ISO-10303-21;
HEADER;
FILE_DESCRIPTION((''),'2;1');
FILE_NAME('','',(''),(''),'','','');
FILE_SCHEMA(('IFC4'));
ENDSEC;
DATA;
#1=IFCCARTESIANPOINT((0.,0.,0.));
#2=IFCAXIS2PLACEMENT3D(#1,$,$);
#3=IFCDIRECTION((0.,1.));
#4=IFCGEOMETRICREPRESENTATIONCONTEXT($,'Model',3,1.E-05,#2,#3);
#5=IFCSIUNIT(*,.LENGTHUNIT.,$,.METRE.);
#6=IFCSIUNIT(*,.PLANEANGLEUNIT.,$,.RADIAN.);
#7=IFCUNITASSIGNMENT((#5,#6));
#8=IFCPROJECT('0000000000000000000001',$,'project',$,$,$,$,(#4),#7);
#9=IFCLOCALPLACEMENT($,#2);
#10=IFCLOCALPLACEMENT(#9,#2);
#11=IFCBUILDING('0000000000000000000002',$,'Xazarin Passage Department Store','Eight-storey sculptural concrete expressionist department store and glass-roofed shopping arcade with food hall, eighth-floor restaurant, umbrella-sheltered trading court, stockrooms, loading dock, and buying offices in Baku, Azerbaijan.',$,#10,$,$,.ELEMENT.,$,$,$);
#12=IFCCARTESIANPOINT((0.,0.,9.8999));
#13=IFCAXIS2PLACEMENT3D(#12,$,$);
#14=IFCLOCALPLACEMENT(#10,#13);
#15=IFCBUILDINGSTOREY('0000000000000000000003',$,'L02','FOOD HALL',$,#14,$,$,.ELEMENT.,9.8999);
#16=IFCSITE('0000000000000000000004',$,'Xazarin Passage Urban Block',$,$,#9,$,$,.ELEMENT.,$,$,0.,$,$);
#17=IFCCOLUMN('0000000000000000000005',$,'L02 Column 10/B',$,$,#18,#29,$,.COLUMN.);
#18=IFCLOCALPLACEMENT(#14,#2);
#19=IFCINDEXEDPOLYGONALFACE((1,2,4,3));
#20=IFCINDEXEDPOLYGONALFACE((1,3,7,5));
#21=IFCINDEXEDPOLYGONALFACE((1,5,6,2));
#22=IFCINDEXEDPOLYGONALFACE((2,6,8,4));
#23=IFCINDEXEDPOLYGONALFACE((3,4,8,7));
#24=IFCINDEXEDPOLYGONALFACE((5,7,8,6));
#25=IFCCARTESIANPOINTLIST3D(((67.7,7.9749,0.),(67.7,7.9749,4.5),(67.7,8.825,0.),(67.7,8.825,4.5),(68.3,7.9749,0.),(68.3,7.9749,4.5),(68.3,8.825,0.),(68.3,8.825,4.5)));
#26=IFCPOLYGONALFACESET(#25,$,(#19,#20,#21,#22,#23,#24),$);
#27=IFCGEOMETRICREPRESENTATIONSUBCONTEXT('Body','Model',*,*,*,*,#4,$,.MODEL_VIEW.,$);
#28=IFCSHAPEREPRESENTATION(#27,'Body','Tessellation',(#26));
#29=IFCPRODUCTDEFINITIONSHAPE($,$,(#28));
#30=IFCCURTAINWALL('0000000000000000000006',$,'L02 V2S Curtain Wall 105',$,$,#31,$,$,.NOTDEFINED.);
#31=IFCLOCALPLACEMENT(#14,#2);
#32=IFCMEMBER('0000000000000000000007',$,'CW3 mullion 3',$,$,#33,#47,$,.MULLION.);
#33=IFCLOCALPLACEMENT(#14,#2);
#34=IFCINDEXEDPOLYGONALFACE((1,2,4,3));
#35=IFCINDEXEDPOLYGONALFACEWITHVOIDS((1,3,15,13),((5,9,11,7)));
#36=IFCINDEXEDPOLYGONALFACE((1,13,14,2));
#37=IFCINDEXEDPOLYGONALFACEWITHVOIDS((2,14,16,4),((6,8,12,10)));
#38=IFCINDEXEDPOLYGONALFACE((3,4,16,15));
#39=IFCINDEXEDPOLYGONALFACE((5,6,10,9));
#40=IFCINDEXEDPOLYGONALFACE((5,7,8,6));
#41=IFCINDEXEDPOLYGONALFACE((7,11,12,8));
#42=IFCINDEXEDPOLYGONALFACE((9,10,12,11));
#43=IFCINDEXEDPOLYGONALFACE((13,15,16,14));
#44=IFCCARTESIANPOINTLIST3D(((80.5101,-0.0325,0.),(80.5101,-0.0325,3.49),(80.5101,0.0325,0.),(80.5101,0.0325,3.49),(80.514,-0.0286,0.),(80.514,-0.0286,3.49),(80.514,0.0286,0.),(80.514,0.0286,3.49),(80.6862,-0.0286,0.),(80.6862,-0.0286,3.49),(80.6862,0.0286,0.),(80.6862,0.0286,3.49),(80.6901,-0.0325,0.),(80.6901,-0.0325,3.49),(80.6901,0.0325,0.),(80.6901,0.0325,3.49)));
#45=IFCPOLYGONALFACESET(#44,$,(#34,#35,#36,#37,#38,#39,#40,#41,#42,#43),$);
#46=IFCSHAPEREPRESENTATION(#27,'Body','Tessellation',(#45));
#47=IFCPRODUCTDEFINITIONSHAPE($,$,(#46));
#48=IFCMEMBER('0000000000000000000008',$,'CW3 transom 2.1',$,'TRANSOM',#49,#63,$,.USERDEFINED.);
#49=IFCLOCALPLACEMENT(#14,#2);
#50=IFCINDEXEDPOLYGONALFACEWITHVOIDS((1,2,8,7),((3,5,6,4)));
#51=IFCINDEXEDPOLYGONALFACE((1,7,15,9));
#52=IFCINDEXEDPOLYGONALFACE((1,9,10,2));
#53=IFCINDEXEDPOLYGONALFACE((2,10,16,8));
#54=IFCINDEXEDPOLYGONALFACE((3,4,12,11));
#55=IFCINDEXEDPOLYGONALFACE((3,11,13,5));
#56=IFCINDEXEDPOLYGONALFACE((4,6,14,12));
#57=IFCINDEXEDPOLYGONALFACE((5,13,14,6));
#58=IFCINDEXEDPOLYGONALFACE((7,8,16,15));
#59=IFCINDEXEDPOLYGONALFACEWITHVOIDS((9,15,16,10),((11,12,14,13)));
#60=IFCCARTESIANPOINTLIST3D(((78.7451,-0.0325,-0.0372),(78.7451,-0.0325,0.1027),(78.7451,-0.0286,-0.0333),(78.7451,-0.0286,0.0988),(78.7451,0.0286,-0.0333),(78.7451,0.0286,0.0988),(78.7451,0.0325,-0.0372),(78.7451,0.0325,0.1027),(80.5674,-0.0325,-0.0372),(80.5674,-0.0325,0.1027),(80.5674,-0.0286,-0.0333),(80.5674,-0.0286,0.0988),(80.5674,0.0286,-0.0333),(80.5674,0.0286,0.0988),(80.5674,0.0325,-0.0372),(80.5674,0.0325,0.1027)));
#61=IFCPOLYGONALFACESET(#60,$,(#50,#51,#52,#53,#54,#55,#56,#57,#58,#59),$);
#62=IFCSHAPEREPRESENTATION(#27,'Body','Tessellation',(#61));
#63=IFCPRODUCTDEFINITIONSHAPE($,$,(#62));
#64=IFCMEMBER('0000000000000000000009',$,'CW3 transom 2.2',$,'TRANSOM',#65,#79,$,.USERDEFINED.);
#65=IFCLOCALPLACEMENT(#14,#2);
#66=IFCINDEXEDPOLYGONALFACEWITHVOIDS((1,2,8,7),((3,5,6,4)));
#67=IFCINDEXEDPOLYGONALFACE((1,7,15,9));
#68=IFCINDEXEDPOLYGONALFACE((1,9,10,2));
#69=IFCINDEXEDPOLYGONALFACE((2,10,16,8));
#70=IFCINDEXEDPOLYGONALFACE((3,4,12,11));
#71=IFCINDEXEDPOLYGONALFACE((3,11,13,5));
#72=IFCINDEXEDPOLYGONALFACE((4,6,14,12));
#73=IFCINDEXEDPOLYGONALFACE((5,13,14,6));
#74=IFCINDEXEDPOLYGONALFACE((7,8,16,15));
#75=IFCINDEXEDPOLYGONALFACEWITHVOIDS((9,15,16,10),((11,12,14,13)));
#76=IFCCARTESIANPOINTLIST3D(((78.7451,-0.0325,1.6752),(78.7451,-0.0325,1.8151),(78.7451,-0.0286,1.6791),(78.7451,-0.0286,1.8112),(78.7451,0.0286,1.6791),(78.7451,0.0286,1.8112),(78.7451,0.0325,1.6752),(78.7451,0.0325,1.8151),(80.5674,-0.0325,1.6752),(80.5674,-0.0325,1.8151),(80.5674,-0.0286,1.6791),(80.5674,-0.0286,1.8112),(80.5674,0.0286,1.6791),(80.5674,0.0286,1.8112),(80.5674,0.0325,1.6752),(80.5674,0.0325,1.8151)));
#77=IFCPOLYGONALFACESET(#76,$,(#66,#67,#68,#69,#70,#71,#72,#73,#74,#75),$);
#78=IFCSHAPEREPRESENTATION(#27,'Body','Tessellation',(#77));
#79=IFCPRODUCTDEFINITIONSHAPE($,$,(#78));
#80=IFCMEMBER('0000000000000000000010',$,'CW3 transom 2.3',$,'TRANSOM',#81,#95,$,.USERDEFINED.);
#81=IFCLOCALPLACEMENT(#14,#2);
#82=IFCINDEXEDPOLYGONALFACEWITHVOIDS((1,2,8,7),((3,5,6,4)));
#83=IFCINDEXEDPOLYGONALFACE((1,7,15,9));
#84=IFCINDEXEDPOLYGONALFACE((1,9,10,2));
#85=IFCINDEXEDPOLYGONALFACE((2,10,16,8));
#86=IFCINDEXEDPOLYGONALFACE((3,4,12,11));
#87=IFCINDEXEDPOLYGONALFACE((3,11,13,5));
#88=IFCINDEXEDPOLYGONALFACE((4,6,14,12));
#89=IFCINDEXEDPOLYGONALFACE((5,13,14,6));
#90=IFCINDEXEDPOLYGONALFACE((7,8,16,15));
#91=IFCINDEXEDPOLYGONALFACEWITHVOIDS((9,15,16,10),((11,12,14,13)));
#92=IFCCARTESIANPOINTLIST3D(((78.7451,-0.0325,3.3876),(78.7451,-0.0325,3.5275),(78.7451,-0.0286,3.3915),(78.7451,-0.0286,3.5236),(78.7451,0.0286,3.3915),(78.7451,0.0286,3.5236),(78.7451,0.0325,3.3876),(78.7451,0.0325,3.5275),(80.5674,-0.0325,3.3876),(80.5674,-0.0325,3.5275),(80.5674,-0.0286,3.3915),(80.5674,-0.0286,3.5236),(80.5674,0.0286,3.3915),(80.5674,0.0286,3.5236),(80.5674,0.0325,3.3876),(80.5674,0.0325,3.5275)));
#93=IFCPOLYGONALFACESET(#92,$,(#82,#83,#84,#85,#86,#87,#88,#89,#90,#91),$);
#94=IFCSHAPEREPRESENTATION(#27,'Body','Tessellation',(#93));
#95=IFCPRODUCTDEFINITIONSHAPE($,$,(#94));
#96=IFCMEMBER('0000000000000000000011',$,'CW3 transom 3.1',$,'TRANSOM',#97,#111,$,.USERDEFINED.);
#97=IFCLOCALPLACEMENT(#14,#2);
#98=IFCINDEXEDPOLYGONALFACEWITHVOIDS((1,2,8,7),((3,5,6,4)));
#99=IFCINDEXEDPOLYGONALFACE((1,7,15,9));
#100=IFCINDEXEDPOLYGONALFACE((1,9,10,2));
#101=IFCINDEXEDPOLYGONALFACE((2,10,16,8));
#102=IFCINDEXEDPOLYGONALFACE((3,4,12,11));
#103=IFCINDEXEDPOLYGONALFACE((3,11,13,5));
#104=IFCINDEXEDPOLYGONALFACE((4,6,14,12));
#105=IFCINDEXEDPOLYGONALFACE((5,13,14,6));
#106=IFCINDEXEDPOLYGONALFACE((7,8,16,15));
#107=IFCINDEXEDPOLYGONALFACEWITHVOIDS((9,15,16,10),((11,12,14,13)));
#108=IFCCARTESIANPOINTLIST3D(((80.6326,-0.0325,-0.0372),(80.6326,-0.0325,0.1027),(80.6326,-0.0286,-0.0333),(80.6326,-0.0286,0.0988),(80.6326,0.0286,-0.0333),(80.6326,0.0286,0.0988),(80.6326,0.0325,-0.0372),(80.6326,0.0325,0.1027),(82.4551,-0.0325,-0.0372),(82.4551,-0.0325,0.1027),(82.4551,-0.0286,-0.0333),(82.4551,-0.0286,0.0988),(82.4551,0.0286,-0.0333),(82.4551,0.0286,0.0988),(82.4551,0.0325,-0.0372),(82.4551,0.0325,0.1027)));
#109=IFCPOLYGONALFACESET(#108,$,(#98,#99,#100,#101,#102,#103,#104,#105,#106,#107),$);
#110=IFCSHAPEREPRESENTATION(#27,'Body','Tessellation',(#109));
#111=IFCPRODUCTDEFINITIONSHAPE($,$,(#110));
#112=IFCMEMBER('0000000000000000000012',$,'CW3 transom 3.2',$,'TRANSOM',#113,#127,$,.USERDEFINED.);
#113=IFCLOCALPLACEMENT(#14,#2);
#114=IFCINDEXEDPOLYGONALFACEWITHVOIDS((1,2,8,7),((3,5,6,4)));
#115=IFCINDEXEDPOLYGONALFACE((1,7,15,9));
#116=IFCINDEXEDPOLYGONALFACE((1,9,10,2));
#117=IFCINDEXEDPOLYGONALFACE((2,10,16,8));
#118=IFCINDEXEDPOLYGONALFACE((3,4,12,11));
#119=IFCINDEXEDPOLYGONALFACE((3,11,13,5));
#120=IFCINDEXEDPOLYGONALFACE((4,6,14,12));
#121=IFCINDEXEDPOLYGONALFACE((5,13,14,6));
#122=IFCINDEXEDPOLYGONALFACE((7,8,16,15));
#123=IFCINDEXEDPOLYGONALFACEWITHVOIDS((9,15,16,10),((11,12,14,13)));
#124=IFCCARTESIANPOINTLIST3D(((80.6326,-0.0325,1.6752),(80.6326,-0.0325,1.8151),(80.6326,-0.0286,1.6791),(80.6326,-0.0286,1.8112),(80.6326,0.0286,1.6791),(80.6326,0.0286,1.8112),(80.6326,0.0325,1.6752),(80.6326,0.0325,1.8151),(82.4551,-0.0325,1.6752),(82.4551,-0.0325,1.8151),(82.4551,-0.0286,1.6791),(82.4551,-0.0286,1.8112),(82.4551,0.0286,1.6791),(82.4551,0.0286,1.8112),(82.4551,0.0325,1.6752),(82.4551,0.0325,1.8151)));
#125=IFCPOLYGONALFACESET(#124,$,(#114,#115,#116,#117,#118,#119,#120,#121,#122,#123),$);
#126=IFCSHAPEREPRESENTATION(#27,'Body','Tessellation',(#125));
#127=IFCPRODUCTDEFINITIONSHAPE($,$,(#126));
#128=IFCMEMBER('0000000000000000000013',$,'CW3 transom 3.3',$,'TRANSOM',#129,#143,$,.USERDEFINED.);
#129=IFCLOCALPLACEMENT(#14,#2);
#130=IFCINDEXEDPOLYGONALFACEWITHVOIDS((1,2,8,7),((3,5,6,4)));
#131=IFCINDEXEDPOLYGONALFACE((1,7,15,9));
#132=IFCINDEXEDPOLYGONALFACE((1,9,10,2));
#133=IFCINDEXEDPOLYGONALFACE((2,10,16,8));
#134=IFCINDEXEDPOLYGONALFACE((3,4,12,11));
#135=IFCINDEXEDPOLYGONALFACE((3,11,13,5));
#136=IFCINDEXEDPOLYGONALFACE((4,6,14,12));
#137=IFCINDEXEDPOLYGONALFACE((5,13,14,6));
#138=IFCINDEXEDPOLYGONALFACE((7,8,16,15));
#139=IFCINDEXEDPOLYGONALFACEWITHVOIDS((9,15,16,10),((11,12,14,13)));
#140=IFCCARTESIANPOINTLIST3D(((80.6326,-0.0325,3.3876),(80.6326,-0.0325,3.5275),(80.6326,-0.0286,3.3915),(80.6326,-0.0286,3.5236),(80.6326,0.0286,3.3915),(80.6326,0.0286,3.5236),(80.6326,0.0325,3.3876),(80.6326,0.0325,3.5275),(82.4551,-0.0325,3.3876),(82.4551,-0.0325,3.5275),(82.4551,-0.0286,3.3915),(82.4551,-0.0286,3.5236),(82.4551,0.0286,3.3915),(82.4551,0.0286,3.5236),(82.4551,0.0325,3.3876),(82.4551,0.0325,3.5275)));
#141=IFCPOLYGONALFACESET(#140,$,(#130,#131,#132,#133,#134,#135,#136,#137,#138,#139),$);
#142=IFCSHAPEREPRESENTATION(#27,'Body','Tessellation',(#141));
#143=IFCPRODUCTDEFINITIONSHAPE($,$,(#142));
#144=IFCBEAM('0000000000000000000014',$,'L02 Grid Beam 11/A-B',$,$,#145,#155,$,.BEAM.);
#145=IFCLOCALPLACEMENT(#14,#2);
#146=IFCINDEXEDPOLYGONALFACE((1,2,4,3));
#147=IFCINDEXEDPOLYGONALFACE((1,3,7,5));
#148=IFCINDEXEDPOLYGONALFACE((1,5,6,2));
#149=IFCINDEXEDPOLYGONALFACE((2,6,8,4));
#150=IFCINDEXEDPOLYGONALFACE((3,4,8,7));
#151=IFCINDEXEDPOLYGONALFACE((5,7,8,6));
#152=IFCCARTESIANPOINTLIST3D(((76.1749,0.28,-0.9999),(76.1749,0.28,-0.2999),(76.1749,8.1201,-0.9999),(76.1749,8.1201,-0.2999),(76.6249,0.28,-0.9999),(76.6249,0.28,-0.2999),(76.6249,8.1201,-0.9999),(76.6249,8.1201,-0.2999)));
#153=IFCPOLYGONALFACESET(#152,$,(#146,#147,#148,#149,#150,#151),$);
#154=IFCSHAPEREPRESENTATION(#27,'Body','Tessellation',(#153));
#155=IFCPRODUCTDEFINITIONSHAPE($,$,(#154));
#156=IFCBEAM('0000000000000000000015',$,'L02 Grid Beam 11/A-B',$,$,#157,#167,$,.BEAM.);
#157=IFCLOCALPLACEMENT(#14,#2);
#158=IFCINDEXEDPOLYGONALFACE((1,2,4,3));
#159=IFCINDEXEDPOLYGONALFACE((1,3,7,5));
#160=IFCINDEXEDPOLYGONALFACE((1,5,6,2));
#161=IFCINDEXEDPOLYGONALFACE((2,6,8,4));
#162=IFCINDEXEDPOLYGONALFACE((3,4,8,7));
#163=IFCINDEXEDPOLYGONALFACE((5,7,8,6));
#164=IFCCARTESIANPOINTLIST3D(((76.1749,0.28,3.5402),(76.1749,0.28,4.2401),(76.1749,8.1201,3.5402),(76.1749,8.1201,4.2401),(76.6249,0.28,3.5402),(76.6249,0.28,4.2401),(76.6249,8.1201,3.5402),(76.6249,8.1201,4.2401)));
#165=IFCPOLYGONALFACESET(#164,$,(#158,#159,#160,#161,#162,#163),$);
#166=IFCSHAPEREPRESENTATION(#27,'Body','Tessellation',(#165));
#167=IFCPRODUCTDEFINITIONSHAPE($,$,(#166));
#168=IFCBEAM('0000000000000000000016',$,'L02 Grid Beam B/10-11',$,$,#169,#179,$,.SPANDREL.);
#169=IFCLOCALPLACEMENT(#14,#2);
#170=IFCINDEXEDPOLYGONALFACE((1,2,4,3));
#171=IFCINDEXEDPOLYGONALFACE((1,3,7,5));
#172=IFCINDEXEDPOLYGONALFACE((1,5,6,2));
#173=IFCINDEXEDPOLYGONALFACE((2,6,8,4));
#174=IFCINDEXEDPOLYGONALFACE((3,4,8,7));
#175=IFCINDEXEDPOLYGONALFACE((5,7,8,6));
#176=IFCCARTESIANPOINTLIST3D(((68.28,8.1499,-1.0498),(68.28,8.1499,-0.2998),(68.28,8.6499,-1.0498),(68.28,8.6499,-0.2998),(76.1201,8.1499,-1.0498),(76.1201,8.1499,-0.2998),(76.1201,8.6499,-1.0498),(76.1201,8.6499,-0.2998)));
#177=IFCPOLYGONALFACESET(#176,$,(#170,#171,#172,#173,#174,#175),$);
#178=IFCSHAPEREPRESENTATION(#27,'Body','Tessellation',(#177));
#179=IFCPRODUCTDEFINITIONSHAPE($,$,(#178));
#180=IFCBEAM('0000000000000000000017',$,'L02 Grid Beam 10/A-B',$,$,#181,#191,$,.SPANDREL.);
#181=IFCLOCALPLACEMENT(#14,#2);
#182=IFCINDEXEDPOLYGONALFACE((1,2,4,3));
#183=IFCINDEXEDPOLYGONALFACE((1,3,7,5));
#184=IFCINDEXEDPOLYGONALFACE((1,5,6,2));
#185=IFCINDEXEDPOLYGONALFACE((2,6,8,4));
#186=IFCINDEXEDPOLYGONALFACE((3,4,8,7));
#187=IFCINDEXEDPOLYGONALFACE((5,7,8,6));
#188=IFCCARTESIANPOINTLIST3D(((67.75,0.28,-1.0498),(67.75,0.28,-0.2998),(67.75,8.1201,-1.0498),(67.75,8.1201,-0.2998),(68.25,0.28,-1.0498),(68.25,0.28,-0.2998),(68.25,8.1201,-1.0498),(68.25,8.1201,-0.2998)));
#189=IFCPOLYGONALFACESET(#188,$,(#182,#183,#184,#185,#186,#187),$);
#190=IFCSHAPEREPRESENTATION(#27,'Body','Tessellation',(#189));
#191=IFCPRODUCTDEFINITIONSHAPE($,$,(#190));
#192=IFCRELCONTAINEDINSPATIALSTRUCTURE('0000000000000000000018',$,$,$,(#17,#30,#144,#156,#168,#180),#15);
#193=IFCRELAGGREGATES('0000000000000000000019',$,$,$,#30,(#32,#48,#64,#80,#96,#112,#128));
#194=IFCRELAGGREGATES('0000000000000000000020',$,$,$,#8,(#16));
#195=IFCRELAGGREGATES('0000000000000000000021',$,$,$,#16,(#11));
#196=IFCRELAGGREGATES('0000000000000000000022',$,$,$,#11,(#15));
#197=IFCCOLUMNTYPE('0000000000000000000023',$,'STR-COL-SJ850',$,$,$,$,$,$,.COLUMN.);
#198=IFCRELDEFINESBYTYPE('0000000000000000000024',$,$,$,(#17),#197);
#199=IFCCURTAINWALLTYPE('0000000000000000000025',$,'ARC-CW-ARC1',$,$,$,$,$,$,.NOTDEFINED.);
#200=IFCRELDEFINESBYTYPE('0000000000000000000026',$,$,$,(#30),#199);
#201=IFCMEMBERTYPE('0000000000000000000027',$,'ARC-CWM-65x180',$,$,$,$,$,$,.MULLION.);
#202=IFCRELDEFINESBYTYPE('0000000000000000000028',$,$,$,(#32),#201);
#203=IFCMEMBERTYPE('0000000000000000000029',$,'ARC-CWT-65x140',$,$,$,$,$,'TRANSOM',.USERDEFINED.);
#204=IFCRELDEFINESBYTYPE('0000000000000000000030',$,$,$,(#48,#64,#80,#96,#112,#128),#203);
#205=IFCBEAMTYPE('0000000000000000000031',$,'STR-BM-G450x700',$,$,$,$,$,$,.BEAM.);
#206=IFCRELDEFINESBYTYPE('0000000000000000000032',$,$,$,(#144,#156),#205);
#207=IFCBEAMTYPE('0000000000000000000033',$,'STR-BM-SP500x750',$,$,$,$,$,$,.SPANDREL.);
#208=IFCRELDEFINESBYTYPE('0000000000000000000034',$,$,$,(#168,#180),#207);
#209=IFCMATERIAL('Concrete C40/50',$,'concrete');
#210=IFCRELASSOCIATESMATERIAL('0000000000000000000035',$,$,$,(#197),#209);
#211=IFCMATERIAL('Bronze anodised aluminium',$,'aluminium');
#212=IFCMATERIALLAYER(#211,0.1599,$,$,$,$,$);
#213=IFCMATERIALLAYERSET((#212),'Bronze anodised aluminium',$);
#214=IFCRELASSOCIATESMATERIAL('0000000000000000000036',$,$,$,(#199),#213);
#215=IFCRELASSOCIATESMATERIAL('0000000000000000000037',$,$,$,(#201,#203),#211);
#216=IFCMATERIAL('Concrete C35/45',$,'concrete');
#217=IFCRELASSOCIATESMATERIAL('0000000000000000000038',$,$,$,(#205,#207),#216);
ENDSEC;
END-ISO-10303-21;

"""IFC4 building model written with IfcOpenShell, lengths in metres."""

from ifc_helpers import new_model, si_unit, direction, frame, origin, origin_2d, place, context, subcontext, project, spatial, rectangle, hollow_rectangle, extrude, material, layer, layer_set, material_profile, profile_set, type_object, element, aggregate, save


model = new_model("IFC4")

# Units and contexts
model_context = context("Model", 3, precision=1e-05, world=origin(), true_north=direction((0.0, 1.0)))
body_context = subcontext(model_context, "Body", "Model", "MODEL_VIEW")
ifc_project = project(units=[si_unit("LENGTHUNIT", "METRE"), si_unit("PLANEANGLEUNIT", "RADIAN")], contexts=[model_context])

# Site, building, storey
site_placement = place(None, origin())
site = spatial("IfcSite", under=ifc_project, at=site_placement, Name="Xazarin Passage Urban Block", CompositionType="ELEMENT", RefElevation=0.0)
building_placement = place(site_placement, origin())
building = spatial("IfcBuilding", under=site, at=building_placement, Name="Xazarin Passage Department Store", Description="Eight-storey sculptural concrete expressionist department store and glass-roofed shopping arcade with food hall, eighth-floor restaurant, umbrella-sheltered trading court, stockrooms, loading dock, and buying offices in Baku, Azerbaijan.", CompositionType="ELEMENT")
storey_placement = place(building_placement, frame((0.0, 0.0, 9.8999)))
storey = spatial("IfcBuildingStorey", under=building, at=storey_placement, Name="L02", Description="FOOD HALL", CompositionType="ELEMENT", Elevation=9.8999)

# Column
ifc_material_1 = material(Name="Concrete C40/50", Category="concrete")
ifc_material_profile_1 = material_profile(ifc_material_1, rectangle(XDim=0.6001, YDim=0.8501, at=origin_2d()), Name="RC 600x850")
ifc_profile_set_1 = profile_set([ifc_material_profile_1], Name="Concrete C40/50")
column_type = type_object("IfcColumnType", Name="STR-COL-SJ850", PredefinedType="COLUMN", material=ifc_profile_set_1)
column_placement = place(storey_placement, frame((68.0, 8.3999, 0.0), z_axis=(0.0, 0.0, 1.0), x_axis=(1.0, 0.0, 0.0)))
element("IfcColumn", 1, at=column_placement, inside=storey, type_object=column_type, Name="L02 Column 10/B", PredefinedType="COLUMN", context=body_context, shape_type="SweptSolid", body=[
    extrude(rectangle(XDim=0.6001, YDim=0.8501, at=origin_2d()), origin(), (0.0, 0.0, 1.0), 4.5),
])

# Curtain wall, members
ifc_material_2 = material(Name="Bronze anodised aluminium", Category="aluminium")
ifc_layer_1 = layer(ifc_material_2, 0.1599)
ifc_layer_set_1 = layer_set([ifc_layer_1], Name="Bronze anodised aluminium")
curtain_wall_type = type_object("IfcCurtainWallType", Name="ARC-CW-ARC1", PredefinedType="NOTDEFINED", material=ifc_layer_set_1)
curtain_wall_placement = place(storey_placement, origin())
curtain_wall = element("IfcCurtainWall", 2, at=curtain_wall_placement, inside=storey, type_object=curtain_wall_type, Name="L02 V2S Curtain Wall 105", PredefinedType="NOTDEFINED")
ifc_material_profile_2 = material_profile(ifc_material_2, hollow_rectangle(XDim=0.0649, YDim=0.1799, WallThickness=0.0039, at=origin_2d()), Name="ALU 65x180")
ifc_profile_set_2 = profile_set([ifc_material_profile_2], Name="Bronze anodised aluminium")
member_type_1 = type_object("IfcMemberType", Name="ARC-CWM-65x180", PredefinedType="MULLION", material=ifc_profile_set_2)
member_1_placement = place(storey_placement, frame((80.6001, 0.0, 0.0), z_axis=(0.0, 0.0, 1.0), x_axis=(0.0, 1.0, 0.0)))
member_1 = element("IfcMember", 3, at=member_1_placement, type_object=member_type_1, Name="CW3 mullion 3", PredefinedType="MULLION", context=body_context, shape_type="SweptSolid", body=[
    extrude(hollow_rectangle(XDim=0.0649, YDim=0.1799, WallThickness=0.0039, at=origin_2d()), origin(), (0.0, 0.0, 1.0), 3.49),
])
ifc_material_profile_3 = material_profile(ifc_material_2, hollow_rectangle(XDim=0.0649, YDim=0.1399, WallThickness=0.0039, at=origin_2d()), Name="ALU 65x140")
ifc_profile_set_3 = profile_set([ifc_material_profile_3], Name="Bronze anodised aluminium")
member_type_2 = type_object("IfcMemberType", Name="ARC-CWT-65x140", ElementType="TRANSOM", PredefinedType="USERDEFINED", material=ifc_profile_set_3)
member_2_placement = place(storey_placement, frame((78.7451, 0.0, 0.0327), z_axis=(1.0, 0.0, 0.0), x_axis=(0.0, 1.0, 0.0)))
member_2 = element("IfcMember", 4, at=member_2_placement, type_object=member_type_2, Name="CW3 transom 2.1", ObjectType="TRANSOM", PredefinedType="USERDEFINED", context=body_context, shape_type="SweptSolid", body=[
    extrude(hollow_rectangle(XDim=0.0649, YDim=0.1399, WallThickness=0.0039, at=origin_2d()), origin(), (0.0, 0.0, 1.0), 1.8223),
])
member_3_placement = place(storey_placement, frame((78.7451, 0.0, 1.7451), z_axis=(1.0, 0.0, 0.0), x_axis=(0.0, 1.0, 0.0)))
member_3 = element("IfcMember", 5, at=member_3_placement, type_object=member_type_2, Name="CW3 transom 2.2", ObjectType="TRANSOM", PredefinedType="USERDEFINED", context=body_context, shape_type="SweptSolid", body=[
    extrude(hollow_rectangle(XDim=0.0649, YDim=0.1399, WallThickness=0.0039, at=origin_2d()), origin(), (0.0, 0.0, 1.0), 1.8223),
])
member_4_placement = place(storey_placement, frame((78.7451, 0.0, 3.4575), z_axis=(1.0, 0.0, 0.0), x_axis=(0.0, 1.0, 0.0)))
member_4 = element("IfcMember", 6, at=member_4_placement, type_object=member_type_2, Name="CW3 transom 2.3", ObjectType="TRANSOM", PredefinedType="USERDEFINED", context=body_context, shape_type="SweptSolid", body=[
    extrude(hollow_rectangle(XDim=0.0649, YDim=0.1399, WallThickness=0.0039, at=origin_2d()), origin(), (0.0, 0.0, 1.0), 1.8223),
])
member_5_placement = place(storey_placement, frame((80.6326, 0.0, 0.0327), z_axis=(1.0, 0.0, 0.0), x_axis=(0.0, 1.0, 0.0)))
member_5 = element("IfcMember", 7, at=member_5_placement, type_object=member_type_2, Name="CW3 transom 3.1", ObjectType="TRANSOM", PredefinedType="USERDEFINED", context=body_context, shape_type="SweptSolid", body=[
    extrude(hollow_rectangle(XDim=0.0649, YDim=0.1399, WallThickness=0.0039, at=origin_2d()), origin(), (0.0, 0.0, 1.0), 1.8225),
])
member_6_placement = place(storey_placement, frame((80.6326, 0.0, 1.7451), z_axis=(1.0, 0.0, 0.0), x_axis=(0.0, 1.0, 0.0)))
member_6 = element("IfcMember", 8, at=member_6_placement, type_object=member_type_2, Name="CW3 transom 3.2", ObjectType="TRANSOM", PredefinedType="USERDEFINED", context=body_context, shape_type="SweptSolid", body=[
    extrude(hollow_rectangle(XDim=0.0649, YDim=0.1399, WallThickness=0.0039, at=origin_2d()), origin(), (0.0, 0.0, 1.0), 1.8225),
])
member_7_placement = place(storey_placement, frame((80.6326, 0.0, 3.4575), z_axis=(1.0, 0.0, 0.0), x_axis=(0.0, 1.0, 0.0)))
member_7 = element("IfcMember", 9, at=member_7_placement, type_object=member_type_2, Name="CW3 transom 3.3", ObjectType="TRANSOM", PredefinedType="USERDEFINED", context=body_context, shape_type="SweptSolid", body=[
    extrude(hollow_rectangle(XDim=0.0649, YDim=0.1399, WallThickness=0.0039, at=origin_2d()), origin(), (0.0, 0.0, 1.0), 1.8225),
])

# Beams
ifc_material_3 = material(Name="Concrete C35/45", Category="concrete")
ifc_material_profile_4 = material_profile(ifc_material_3, rectangle(XDim=0.45, YDim=0.7, at=origin_2d()), Name="RC 450x700")
ifc_profile_set_4 = profile_set([ifc_material_profile_4], Name="Concrete C35/45")
beam_type_1 = type_object("IfcBeamType", Name="STR-BM-G450x700", PredefinedType="BEAM", material=ifc_profile_set_4)
for number, where, z_axis, x_axis, name in (
    (10, (76.3999, 0.28, -0.6499), (0.0, 1.0, 0.0), (-1.0, 0.0, 0.0), "L02 Grid Beam 11/A-B"),
    (11, (76.3999, 0.28, 3.8901), (0.0, 1.0, 0.0), (-1.0, 0.0, 0.0), "L02 Grid Beam 11/A-B"),
):
    element("IfcBeam", number, at=place(storey_placement, frame(where, z_axis=z_axis, x_axis=x_axis)), inside=storey, type_object=beam_type_1, Name=name, PredefinedType="BEAM", context=body_context, shape_type="SweptSolid", body=[
        extrude(rectangle(XDim=0.45, YDim=0.7, at=origin_2d()), origin(), (0.0, 0.0, 1.0), 7.8401),
    ])
ifc_material_profile_5 = material_profile(ifc_material_3, rectangle(XDim=0.5, YDim=0.75, at=origin_2d()), Name="RC 500x750")
ifc_profile_set_5 = profile_set([ifc_material_profile_5], Name="Concrete C35/45")
beam_type_2 = type_object("IfcBeamType", Name="STR-BM-SP500x750", PredefinedType="SPANDREL", material=ifc_profile_set_5)
for number, where, z_axis, x_axis, name in (
    (12, (68.28, 8.3999, -0.6748), (1.0, 0.0, 0.0), (0.0, 1.0, 0.0), "L02 Grid Beam B/10-11"),
    (13, (68.0, 0.28, -0.6748), (0.0, 1.0, 0.0), (-1.0, 0.0, 0.0), "L02 Grid Beam 10/A-B"),
):
    element("IfcBeam", number, at=place(storey_placement, frame(where, z_axis=z_axis, x_axis=x_axis)), inside=storey, type_object=beam_type_2, Name=name, PredefinedType="SPANDREL", context=body_context, shape_type="SweptSolid", body=[
        extrude(rectangle(XDim=0.5, YDim=0.75, at=origin_2d()), origin(), (0.0, 0.0, 1.0), 7.8401),
    ])

aggregate(curtain_wall, [member_1, member_2, member_3, member_4, member_5, member_6, member_7])

save(model, "model.ifc")
